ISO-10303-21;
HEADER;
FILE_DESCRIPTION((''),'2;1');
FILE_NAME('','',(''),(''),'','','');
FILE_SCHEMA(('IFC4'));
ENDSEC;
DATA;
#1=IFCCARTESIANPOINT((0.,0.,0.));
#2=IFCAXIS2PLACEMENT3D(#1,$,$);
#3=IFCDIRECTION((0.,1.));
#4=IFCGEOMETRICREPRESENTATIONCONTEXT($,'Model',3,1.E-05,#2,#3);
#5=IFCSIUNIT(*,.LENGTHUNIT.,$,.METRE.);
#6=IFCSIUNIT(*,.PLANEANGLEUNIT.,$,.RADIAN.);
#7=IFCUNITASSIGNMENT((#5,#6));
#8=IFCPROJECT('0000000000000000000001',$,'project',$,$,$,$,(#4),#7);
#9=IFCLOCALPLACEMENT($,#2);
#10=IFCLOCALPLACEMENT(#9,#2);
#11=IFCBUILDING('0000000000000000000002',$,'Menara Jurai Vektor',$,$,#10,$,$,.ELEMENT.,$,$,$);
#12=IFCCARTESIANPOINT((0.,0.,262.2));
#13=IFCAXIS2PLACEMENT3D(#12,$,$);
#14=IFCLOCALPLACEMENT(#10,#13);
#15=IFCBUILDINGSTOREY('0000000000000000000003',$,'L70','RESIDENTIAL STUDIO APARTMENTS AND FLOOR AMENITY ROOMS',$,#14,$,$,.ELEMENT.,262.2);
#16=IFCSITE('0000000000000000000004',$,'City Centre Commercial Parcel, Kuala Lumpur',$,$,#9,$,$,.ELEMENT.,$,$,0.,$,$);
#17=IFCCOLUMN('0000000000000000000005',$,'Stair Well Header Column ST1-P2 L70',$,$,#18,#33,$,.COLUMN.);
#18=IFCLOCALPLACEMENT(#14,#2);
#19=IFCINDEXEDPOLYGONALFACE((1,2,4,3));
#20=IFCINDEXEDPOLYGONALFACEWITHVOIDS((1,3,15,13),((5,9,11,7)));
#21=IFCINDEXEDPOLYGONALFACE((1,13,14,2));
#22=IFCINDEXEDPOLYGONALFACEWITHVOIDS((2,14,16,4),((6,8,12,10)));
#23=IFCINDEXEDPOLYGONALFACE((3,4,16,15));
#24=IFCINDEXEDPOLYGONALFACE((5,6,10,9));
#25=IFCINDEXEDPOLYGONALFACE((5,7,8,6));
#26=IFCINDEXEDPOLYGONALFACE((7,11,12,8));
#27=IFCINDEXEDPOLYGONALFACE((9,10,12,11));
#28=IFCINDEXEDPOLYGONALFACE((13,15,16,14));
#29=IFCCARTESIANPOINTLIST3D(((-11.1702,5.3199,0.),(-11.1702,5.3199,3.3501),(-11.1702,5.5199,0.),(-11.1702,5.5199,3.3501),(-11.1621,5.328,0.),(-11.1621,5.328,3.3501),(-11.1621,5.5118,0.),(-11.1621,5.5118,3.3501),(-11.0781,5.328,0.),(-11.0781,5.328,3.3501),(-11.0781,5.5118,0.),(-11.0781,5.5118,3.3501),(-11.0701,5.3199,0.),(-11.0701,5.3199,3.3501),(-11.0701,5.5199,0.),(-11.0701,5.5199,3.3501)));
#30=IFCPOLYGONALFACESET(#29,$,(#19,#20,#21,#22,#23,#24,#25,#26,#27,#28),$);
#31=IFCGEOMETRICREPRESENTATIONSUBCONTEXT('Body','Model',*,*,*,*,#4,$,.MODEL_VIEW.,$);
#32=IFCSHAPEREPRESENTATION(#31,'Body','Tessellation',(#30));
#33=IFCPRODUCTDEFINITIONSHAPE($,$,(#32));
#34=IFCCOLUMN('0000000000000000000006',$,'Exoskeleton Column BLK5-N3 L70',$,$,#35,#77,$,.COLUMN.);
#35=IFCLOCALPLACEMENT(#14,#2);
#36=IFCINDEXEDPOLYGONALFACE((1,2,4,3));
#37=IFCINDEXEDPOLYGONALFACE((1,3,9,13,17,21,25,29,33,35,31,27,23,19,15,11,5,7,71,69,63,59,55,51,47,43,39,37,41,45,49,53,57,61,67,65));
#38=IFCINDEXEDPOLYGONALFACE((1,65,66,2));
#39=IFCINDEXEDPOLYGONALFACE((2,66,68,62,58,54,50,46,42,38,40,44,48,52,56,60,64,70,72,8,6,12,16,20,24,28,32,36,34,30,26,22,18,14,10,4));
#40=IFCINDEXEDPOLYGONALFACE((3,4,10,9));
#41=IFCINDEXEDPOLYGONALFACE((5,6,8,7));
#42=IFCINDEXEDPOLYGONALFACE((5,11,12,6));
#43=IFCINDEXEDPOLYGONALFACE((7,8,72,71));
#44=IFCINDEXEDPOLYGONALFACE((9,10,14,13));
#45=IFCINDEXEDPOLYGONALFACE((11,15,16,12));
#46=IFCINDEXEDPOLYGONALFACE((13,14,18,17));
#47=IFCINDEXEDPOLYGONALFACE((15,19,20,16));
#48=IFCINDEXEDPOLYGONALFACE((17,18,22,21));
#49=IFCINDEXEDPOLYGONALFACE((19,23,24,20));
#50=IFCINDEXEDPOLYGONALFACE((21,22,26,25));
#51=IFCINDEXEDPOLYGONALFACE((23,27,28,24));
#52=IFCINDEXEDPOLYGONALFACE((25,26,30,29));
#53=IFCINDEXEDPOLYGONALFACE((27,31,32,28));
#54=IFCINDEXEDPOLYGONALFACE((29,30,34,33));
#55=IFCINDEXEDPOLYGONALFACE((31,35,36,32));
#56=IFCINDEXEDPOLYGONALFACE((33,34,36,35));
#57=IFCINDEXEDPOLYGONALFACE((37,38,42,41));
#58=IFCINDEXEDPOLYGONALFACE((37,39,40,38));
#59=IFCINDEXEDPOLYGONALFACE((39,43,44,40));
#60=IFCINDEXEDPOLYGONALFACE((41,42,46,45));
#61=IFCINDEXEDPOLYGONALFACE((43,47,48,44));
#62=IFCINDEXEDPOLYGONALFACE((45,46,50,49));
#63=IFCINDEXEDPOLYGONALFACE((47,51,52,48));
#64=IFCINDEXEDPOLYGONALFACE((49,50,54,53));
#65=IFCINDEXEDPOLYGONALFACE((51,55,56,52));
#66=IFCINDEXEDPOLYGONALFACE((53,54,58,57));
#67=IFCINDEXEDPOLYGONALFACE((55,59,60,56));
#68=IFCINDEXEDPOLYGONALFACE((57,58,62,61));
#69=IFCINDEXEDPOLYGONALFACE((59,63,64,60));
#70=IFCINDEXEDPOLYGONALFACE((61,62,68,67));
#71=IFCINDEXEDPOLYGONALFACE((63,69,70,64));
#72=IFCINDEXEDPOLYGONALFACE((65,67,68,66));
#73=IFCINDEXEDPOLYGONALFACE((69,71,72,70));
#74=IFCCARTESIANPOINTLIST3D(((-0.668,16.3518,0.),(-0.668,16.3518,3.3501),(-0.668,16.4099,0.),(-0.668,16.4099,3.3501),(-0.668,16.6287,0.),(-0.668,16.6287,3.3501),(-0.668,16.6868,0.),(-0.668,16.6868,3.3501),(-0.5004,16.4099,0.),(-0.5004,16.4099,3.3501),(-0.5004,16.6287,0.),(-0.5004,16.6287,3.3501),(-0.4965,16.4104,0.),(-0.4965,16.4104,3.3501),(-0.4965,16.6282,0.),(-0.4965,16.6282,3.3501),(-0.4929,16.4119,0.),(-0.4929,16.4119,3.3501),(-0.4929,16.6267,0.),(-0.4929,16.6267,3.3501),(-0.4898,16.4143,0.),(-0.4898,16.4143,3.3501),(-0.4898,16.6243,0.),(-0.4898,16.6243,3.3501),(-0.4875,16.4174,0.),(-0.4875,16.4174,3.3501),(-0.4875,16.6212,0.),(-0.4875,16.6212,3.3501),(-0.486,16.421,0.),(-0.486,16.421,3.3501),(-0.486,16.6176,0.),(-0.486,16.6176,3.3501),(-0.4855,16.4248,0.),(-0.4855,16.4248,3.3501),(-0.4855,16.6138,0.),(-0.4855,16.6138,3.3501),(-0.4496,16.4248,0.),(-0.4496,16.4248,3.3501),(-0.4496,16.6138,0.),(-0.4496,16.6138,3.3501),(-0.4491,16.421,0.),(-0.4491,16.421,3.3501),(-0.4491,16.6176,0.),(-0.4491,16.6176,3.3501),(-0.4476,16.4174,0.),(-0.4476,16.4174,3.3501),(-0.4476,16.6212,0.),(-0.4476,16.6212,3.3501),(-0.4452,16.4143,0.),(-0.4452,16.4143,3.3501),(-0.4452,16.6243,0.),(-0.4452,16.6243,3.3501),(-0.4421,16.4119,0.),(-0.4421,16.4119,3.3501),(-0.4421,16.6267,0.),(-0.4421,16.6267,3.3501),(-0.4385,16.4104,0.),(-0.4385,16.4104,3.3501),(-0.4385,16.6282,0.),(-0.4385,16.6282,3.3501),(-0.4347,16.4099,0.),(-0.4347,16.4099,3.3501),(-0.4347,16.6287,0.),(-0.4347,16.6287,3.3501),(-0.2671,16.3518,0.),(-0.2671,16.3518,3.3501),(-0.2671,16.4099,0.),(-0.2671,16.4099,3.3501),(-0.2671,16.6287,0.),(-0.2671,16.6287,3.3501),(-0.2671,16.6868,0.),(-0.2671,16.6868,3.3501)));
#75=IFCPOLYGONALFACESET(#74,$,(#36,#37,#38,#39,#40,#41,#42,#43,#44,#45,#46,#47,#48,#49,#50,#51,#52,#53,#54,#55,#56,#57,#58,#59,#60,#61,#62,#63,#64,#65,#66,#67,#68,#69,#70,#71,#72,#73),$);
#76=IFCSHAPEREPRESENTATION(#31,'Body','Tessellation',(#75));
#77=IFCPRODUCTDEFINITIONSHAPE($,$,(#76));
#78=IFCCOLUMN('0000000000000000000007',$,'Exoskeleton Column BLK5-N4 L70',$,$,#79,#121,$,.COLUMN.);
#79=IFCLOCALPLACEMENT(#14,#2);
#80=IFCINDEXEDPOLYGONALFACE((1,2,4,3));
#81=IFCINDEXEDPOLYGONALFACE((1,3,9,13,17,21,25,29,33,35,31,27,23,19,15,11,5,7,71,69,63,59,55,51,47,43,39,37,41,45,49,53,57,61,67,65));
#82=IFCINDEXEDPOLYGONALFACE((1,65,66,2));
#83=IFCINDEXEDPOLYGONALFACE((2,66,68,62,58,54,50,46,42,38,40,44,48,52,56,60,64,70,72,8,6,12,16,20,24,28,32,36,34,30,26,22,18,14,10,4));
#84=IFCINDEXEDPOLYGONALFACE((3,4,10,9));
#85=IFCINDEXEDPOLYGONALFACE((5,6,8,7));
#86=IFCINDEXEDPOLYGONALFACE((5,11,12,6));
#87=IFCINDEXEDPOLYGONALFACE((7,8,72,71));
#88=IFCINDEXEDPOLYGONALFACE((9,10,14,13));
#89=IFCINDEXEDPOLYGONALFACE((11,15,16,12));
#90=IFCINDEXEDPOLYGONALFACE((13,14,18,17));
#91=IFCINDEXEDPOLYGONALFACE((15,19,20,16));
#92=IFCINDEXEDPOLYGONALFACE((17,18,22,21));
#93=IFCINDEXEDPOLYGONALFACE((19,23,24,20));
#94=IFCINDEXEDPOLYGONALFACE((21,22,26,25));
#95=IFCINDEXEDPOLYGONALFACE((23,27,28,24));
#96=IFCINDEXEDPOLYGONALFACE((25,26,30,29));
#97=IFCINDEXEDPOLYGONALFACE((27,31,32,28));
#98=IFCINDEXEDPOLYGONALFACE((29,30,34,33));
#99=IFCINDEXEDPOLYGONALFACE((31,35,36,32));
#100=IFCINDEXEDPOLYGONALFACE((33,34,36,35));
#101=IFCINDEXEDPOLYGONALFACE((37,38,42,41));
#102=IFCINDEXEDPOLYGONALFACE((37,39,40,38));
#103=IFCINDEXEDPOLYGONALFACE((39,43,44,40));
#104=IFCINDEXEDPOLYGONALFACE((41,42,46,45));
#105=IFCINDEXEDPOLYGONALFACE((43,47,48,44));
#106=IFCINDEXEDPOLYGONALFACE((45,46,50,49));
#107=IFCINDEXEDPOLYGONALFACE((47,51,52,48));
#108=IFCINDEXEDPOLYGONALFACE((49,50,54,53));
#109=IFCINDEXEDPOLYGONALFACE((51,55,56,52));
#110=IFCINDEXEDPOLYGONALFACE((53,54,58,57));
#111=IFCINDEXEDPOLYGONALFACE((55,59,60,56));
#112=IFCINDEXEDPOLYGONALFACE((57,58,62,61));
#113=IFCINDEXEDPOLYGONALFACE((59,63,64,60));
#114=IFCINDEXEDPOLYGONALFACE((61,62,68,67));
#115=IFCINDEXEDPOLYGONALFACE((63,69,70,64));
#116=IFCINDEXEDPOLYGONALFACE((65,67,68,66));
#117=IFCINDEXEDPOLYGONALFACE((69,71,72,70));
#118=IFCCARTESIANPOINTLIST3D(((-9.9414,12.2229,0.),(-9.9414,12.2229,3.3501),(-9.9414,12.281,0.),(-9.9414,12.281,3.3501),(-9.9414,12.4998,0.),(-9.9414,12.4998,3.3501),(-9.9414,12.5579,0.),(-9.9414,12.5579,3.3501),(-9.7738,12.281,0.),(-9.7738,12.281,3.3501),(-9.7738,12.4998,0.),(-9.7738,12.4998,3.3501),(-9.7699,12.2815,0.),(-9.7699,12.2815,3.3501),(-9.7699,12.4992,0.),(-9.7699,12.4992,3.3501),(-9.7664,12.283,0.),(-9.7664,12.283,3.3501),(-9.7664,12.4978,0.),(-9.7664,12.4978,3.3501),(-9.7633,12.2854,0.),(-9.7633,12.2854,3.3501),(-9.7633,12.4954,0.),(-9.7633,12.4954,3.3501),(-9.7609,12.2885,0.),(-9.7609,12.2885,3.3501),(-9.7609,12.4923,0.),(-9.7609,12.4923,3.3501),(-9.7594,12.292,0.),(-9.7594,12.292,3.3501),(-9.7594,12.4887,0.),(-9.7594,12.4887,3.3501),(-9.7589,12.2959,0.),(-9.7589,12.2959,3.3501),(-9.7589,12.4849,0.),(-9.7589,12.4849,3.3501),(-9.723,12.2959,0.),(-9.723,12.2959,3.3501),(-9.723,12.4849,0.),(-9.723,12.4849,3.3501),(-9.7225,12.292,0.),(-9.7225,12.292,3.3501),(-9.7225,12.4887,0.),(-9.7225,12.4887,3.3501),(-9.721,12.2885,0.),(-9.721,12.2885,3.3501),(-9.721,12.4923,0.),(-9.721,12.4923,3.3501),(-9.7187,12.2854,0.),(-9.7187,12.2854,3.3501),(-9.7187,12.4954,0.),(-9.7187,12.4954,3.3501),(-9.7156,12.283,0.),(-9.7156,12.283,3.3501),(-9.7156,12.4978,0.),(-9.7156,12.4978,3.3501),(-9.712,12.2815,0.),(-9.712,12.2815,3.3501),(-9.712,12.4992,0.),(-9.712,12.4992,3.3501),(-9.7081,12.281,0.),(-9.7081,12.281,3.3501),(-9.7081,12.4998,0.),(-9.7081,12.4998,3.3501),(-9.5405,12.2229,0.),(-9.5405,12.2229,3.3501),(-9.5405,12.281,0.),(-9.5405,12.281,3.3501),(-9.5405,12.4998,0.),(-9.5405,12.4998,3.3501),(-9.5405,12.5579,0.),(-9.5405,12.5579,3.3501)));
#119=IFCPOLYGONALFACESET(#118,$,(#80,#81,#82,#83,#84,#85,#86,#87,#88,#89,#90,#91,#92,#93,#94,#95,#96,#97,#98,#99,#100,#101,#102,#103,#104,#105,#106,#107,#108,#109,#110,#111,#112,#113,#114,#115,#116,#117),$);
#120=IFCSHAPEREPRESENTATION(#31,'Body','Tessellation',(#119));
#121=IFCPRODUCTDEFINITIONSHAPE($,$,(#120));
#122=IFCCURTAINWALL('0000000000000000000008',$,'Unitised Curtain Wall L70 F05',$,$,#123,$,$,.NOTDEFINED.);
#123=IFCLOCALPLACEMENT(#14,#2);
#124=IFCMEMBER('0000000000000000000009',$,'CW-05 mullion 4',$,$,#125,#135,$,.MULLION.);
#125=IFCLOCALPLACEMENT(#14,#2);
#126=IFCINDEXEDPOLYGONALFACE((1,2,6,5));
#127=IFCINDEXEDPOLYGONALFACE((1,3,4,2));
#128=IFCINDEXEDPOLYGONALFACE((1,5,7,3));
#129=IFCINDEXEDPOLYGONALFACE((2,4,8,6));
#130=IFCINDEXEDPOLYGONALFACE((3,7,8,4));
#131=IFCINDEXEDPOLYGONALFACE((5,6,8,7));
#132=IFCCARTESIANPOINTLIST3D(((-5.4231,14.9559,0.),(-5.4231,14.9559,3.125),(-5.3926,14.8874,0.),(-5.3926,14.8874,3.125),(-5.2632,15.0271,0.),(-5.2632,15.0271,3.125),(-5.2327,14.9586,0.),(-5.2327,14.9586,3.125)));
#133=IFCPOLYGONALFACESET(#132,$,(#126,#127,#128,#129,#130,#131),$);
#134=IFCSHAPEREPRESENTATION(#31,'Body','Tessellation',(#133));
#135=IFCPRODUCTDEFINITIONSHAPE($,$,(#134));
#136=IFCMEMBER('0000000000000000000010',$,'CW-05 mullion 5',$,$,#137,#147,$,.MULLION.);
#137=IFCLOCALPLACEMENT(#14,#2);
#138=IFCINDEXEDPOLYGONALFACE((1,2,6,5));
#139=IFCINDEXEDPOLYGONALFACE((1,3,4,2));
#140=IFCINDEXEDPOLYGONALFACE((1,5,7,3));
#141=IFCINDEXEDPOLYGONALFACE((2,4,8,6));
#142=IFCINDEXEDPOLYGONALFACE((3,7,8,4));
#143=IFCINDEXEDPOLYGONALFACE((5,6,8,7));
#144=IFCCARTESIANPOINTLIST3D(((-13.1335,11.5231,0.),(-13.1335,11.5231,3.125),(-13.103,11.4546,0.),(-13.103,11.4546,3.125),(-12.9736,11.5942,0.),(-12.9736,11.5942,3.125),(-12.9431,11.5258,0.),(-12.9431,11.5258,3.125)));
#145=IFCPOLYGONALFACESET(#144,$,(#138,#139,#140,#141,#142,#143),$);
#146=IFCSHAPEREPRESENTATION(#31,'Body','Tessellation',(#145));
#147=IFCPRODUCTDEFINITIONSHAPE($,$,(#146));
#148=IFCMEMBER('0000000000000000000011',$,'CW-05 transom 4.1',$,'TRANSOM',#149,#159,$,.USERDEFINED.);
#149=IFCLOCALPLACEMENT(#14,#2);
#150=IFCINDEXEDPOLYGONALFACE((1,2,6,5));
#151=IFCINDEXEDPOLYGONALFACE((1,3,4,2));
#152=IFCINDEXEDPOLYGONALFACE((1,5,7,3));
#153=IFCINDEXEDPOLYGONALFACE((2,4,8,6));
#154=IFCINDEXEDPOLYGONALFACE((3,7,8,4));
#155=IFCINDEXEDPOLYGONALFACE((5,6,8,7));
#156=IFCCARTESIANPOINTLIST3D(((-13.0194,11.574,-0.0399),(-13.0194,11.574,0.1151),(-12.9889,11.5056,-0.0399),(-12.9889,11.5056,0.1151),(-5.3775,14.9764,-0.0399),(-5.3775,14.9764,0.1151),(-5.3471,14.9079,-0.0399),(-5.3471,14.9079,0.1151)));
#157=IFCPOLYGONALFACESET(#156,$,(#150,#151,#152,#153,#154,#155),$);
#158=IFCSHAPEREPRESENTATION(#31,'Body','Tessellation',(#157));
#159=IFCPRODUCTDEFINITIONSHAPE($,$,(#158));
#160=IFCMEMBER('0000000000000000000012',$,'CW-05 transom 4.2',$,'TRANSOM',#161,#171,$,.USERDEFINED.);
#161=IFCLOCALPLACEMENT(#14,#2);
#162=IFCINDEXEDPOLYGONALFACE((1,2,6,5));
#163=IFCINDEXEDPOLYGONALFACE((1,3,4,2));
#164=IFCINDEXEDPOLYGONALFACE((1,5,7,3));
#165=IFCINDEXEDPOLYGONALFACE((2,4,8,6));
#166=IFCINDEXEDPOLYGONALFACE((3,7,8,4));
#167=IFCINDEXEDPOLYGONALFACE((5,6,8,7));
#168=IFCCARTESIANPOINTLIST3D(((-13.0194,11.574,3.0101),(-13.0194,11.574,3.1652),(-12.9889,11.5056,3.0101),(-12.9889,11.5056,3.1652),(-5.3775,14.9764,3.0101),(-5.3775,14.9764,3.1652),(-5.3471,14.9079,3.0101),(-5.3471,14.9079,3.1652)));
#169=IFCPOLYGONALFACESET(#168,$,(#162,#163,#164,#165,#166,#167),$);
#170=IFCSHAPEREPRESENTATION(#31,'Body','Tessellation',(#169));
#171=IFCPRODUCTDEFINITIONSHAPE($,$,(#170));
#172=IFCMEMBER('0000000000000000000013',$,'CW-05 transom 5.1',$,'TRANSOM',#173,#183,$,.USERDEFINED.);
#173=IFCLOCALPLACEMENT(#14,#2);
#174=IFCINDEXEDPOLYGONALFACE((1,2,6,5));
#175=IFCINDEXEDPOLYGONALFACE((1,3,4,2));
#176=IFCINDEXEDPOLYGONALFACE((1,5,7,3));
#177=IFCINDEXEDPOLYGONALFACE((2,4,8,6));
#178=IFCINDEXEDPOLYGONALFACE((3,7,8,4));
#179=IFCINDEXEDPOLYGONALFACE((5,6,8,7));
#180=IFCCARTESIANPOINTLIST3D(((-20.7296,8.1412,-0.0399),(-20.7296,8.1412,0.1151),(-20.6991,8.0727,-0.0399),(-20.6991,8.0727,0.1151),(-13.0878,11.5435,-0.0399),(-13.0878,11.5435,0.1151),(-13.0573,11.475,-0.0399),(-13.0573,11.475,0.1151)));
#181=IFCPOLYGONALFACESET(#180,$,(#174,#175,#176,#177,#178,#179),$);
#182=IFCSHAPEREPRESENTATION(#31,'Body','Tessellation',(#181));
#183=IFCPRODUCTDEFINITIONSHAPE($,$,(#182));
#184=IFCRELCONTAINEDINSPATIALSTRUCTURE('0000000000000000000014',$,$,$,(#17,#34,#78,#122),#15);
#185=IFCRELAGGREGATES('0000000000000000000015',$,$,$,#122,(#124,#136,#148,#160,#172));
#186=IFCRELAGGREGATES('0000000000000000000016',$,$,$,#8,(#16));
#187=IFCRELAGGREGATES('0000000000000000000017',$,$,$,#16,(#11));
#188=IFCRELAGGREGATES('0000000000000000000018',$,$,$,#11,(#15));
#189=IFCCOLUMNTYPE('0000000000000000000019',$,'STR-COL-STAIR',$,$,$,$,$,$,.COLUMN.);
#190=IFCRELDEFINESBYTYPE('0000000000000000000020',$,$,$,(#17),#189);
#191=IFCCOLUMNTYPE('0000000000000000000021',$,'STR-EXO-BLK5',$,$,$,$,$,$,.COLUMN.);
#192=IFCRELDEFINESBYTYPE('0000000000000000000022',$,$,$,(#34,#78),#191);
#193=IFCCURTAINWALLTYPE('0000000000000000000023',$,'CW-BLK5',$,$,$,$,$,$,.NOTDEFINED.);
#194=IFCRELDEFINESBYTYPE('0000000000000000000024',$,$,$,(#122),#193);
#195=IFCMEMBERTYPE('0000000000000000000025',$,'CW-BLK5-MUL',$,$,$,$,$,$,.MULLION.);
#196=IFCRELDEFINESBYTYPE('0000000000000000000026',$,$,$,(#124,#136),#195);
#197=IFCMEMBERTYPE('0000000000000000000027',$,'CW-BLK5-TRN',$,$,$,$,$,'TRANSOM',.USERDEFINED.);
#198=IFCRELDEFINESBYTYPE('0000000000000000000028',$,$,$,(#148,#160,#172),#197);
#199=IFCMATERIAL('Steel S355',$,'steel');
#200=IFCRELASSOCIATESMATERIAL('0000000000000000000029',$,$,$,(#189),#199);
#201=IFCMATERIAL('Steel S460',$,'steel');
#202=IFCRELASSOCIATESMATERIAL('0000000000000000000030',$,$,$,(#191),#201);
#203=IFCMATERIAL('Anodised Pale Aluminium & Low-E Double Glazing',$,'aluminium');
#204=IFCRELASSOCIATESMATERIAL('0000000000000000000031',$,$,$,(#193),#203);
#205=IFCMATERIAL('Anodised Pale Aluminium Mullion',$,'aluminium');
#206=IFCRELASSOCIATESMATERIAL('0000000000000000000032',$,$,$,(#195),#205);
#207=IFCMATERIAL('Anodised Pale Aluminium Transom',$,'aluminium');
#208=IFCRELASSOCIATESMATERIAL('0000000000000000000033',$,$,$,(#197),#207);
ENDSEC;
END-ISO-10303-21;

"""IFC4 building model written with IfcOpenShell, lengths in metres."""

from ifc_helpers import new_model, si_unit, direction, frame, origin, origin_2d, place, context, subcontext, project, spatial, rectangle, hollow_rectangle, i_section, extrude, material, material_profile, profile_set, type_object, element, aggregate, save


model = new_model("IFC4")

# Units and contexts
model_context = context("Model", 3, precision=1e-05, world=origin(), true_north=direction((0.0, 1.0)))
body_context = subcontext(model_context, "Body", "Model", "MODEL_VIEW")
ifc_project = project(units=[si_unit("LENGTHUNIT", "METRE"), si_unit("PLANEANGLEUNIT", "RADIAN")], contexts=[model_context])

# Site, building, storey
site_placement = place(None, origin())
site = spatial("IfcSite", under=ifc_project, at=site_placement, Name="City Centre Commercial Parcel, Kuala Lumpur", CompositionType="ELEMENT", RefElevation=0.0)
building_placement = place(site_placement, origin())
building = spatial("IfcBuilding", under=site, at=building_placement, Name="Menara Jurai Vektor", CompositionType="ELEMENT")
storey_placement = place(building_placement, frame((0.0, 0.0, 262.2)))
storey = spatial("IfcBuildingStorey", under=building, at=storey_placement, Name="L70", Description="RESIDENTIAL STUDIO APARTMENTS AND FLOOR AMENITY ROOMS", CompositionType="ELEMENT", Elevation=262.2)

# Columns
ifc_material_1 = material(Name="Steel S355", Category="steel")
ifc_material_profile_1 = material_profile(ifc_material_1, hollow_rectangle(XDim=0.1001, YDim=0.2, WallThickness=0.0081, at=origin_2d()), Name="RHS 200x100x8")
ifc_profile_set_1 = profile_set([ifc_material_profile_1], Name="Steel S355")
column_type_1 = type_object("IfcColumnType", Name="STR-COL-STAIR", PredefinedType="COLUMN", material=ifc_profile_set_1)
column_placement = place(storey_placement, frame((-11.1201, 5.4199, 0.0), z_axis=(0.0, 0.0, 1.0), x_axis=(1.0, 0.0, 0.0)))
element("IfcColumn", 1, at=column_placement, inside=storey, type_object=column_type_1, Name="Stair Well Header Column ST1-P2 L70", PredefinedType="COLUMN", context=body_context, shape_type="SweptSolid", body=[
    extrude(hollow_rectangle(XDim=0.1001, YDim=0.2, WallThickness=0.0081, at=origin_2d()), origin(), (0.0, 0.0, 1.0), 3.3501),
])
ifc_material_2 = material(Name="Steel S460", Category="steel")
ifc_material_profile_2 = material_profile(ifc_material_2, i_section(OverallWidth=0.4009, OverallDepth=0.335, WebThickness=0.0359, FlangeThickness=0.0581, FilletRadius=0.0149, at=origin_2d()), Name="HD 400x463")
ifc_profile_set_2 = profile_set([ifc_material_profile_2], Name="Steel S460")
column_type_2 = type_object("IfcColumnType", Name="STR-EXO-BLK5", PredefinedType="COLUMN", material=ifc_profile_set_2)
for number, where, z_axis, x_axis, name in (
    (2, (-0.4675, 16.5193, 0.0), (0.0, 0.0, 1.0), (1.0, 0.0, 0.0), "Exoskeleton Column BLK5-N3 L70"),
    (3, (-9.741, 12.3904, 0.0), (0.0, 0.0, 1.0), (1.0, 0.0, 0.0), "Exoskeleton Column BLK5-N4 L70"),
):
    element("IfcColumn", number, at=place(storey_placement, frame(where, z_axis=z_axis, x_axis=x_axis)), inside=storey, type_object=column_type_2, Name=name, PredefinedType="COLUMN", context=body_context, shape_type="SweptSolid", body=[
        extrude(i_section(OverallWidth=0.4009, OverallDepth=0.335, WebThickness=0.0359, FlangeThickness=0.0581, FilletRadius=0.0149, at=origin_2d()), origin(), (0.0, 0.0, 1.0), 3.3501),
    ])

# Curtain wall, members
ifc_material_3 = material(Name="Anodised Pale Aluminium & Low-E Double Glazing", Category="aluminium")
curtain_wall_type = type_object("IfcCurtainWallType", Name="CW-BLK5", PredefinedType="NOTDEFINED", material=ifc_material_3)
curtain_wall_placement = place(storey_placement, origin())
curtain_wall = element("IfcCurtainWall", 4, at=curtain_wall_placement, inside=storey, type_object=curtain_wall_type, Name="Unitised Curtain Wall L70 F05", PredefinedType="NOTDEFINED")
ifc_material_4 = material(Name="Anodised Pale Aluminium Mullion", Category="aluminium")
ifc_material_profile_3 = material_profile(ifc_material_4, rectangle(XDim=0.075, YDim=0.175, at=origin_2d()), Name="ALU MUL 75x175")
ifc_profile_set_3 = profile_set([ifc_material_profile_3], Name="Anodised Pale Aluminium Mullion")
member_type_1 = type_object("IfcMemberType", Name="CW-BLK5-MUL", PredefinedType="MULLION", material=ifc_profile_set_3)
member_1_placement = place(storey_placement, frame((-5.3279, 14.9573, 0.0), z_axis=(0.0, 0.0, 1.0), x_axis=(0.406735, -0.913546, 0.0)))
member_1 = element("IfcMember", 5, at=member_1_placement, type_object=member_type_1, Name="CW-05 mullion 4", PredefinedType="MULLION", context=body_context, shape_type="SweptSolid", body=[
    extrude(rectangle(XDim=0.075, YDim=0.175, at=origin_2d()), origin(), (0.0, 0.0, 1.0), 3.125),
])
member_2_placement = place(storey_placement, frame((-13.0383, 11.5244, 0.0), z_axis=(0.0, 0.0, 1.0), x_axis=(0.406735, -0.913546, 0.0)))
member_2 = element("IfcMember", 6, at=member_2_placement, type_object=member_type_1, Name="CW-05 mullion 5", PredefinedType="MULLION", context=body_context, shape_type="SweptSolid", body=[
    extrude(rectangle(XDim=0.075, YDim=0.175, at=origin_2d()), origin(), (0.0, 0.0, 1.0), 3.125),
])
ifc_material_5 = material(Name="Anodised Pale Aluminium Transom", Category="aluminium")
ifc_material_profile_4 = material_profile(ifc_material_5, rectangle(XDim=0.075, YDim=0.155, at=origin_2d()), Name="ALU TRN 75x155")
ifc_profile_set_4 = profile_set([ifc_material_profile_4], Name="Anodised Pale Aluminium Transom")
member_type_2 = type_object("IfcMemberType", Name="CW-BLK5-TRN", ElementType="TRANSOM", PredefinedType="USERDEFINED", material=ifc_profile_set_4)
member_3_placement = place(storey_placement, frame((-5.3623, 14.9421, 0.0376), z_axis=(-0.913547, -0.406734, 0.0), x_axis=(0.406734, -0.913547, 0.0)))
member_3 = element("IfcMember", 7, at=member_3_placement, type_object=member_type_2, Name="CW-05 transom 4.1", ObjectType="TRANSOM", PredefinedType="USERDEFINED", context=body_context, shape_type="SweptSolid", body=[
    extrude(rectangle(XDim=0.075, YDim=0.155, at=origin_2d()), origin(), (0.0, 0.0, 1.0), 8.365),
])
member_4_placement = place(storey_placement, frame((-5.3623, 14.9421, 3.0876), z_axis=(-0.913547, -0.406734, 0.0), x_axis=(0.406734, -0.913547, 0.0)))
member_4 = element("IfcMember", 8, at=member_4_placement, type_object=member_type_2, Name="CW-05 transom 4.2", ObjectType="TRANSOM", PredefinedType="USERDEFINED", context=body_context, shape_type="SweptSolid", body=[
    extrude(rectangle(XDim=0.075, YDim=0.155, at=origin_2d()), origin(), (0.0, 0.0, 1.0), 8.365),
])
member_5_placement = place(storey_placement, frame((-13.0725, 11.5093, 0.0376), z_axis=(-0.913547, -0.406734, 0.0), x_axis=(0.406734, -0.913547, 0.0)))
member_5 = element("IfcMember", 9, at=member_5_placement, type_object=member_type_2, Name="CW-05 transom 5.1", ObjectType="TRANSOM", PredefinedType="USERDEFINED", context=body_context, shape_type="SweptSolid", body=[
    extrude(rectangle(XDim=0.075, YDim=0.155, at=origin_2d()), origin(), (0.0, 0.0, 1.0), 8.365),
])

aggregate(curtain_wall, [member_1, member_2, member_3, member_4, member_5])

save(model, "model.ifc")
